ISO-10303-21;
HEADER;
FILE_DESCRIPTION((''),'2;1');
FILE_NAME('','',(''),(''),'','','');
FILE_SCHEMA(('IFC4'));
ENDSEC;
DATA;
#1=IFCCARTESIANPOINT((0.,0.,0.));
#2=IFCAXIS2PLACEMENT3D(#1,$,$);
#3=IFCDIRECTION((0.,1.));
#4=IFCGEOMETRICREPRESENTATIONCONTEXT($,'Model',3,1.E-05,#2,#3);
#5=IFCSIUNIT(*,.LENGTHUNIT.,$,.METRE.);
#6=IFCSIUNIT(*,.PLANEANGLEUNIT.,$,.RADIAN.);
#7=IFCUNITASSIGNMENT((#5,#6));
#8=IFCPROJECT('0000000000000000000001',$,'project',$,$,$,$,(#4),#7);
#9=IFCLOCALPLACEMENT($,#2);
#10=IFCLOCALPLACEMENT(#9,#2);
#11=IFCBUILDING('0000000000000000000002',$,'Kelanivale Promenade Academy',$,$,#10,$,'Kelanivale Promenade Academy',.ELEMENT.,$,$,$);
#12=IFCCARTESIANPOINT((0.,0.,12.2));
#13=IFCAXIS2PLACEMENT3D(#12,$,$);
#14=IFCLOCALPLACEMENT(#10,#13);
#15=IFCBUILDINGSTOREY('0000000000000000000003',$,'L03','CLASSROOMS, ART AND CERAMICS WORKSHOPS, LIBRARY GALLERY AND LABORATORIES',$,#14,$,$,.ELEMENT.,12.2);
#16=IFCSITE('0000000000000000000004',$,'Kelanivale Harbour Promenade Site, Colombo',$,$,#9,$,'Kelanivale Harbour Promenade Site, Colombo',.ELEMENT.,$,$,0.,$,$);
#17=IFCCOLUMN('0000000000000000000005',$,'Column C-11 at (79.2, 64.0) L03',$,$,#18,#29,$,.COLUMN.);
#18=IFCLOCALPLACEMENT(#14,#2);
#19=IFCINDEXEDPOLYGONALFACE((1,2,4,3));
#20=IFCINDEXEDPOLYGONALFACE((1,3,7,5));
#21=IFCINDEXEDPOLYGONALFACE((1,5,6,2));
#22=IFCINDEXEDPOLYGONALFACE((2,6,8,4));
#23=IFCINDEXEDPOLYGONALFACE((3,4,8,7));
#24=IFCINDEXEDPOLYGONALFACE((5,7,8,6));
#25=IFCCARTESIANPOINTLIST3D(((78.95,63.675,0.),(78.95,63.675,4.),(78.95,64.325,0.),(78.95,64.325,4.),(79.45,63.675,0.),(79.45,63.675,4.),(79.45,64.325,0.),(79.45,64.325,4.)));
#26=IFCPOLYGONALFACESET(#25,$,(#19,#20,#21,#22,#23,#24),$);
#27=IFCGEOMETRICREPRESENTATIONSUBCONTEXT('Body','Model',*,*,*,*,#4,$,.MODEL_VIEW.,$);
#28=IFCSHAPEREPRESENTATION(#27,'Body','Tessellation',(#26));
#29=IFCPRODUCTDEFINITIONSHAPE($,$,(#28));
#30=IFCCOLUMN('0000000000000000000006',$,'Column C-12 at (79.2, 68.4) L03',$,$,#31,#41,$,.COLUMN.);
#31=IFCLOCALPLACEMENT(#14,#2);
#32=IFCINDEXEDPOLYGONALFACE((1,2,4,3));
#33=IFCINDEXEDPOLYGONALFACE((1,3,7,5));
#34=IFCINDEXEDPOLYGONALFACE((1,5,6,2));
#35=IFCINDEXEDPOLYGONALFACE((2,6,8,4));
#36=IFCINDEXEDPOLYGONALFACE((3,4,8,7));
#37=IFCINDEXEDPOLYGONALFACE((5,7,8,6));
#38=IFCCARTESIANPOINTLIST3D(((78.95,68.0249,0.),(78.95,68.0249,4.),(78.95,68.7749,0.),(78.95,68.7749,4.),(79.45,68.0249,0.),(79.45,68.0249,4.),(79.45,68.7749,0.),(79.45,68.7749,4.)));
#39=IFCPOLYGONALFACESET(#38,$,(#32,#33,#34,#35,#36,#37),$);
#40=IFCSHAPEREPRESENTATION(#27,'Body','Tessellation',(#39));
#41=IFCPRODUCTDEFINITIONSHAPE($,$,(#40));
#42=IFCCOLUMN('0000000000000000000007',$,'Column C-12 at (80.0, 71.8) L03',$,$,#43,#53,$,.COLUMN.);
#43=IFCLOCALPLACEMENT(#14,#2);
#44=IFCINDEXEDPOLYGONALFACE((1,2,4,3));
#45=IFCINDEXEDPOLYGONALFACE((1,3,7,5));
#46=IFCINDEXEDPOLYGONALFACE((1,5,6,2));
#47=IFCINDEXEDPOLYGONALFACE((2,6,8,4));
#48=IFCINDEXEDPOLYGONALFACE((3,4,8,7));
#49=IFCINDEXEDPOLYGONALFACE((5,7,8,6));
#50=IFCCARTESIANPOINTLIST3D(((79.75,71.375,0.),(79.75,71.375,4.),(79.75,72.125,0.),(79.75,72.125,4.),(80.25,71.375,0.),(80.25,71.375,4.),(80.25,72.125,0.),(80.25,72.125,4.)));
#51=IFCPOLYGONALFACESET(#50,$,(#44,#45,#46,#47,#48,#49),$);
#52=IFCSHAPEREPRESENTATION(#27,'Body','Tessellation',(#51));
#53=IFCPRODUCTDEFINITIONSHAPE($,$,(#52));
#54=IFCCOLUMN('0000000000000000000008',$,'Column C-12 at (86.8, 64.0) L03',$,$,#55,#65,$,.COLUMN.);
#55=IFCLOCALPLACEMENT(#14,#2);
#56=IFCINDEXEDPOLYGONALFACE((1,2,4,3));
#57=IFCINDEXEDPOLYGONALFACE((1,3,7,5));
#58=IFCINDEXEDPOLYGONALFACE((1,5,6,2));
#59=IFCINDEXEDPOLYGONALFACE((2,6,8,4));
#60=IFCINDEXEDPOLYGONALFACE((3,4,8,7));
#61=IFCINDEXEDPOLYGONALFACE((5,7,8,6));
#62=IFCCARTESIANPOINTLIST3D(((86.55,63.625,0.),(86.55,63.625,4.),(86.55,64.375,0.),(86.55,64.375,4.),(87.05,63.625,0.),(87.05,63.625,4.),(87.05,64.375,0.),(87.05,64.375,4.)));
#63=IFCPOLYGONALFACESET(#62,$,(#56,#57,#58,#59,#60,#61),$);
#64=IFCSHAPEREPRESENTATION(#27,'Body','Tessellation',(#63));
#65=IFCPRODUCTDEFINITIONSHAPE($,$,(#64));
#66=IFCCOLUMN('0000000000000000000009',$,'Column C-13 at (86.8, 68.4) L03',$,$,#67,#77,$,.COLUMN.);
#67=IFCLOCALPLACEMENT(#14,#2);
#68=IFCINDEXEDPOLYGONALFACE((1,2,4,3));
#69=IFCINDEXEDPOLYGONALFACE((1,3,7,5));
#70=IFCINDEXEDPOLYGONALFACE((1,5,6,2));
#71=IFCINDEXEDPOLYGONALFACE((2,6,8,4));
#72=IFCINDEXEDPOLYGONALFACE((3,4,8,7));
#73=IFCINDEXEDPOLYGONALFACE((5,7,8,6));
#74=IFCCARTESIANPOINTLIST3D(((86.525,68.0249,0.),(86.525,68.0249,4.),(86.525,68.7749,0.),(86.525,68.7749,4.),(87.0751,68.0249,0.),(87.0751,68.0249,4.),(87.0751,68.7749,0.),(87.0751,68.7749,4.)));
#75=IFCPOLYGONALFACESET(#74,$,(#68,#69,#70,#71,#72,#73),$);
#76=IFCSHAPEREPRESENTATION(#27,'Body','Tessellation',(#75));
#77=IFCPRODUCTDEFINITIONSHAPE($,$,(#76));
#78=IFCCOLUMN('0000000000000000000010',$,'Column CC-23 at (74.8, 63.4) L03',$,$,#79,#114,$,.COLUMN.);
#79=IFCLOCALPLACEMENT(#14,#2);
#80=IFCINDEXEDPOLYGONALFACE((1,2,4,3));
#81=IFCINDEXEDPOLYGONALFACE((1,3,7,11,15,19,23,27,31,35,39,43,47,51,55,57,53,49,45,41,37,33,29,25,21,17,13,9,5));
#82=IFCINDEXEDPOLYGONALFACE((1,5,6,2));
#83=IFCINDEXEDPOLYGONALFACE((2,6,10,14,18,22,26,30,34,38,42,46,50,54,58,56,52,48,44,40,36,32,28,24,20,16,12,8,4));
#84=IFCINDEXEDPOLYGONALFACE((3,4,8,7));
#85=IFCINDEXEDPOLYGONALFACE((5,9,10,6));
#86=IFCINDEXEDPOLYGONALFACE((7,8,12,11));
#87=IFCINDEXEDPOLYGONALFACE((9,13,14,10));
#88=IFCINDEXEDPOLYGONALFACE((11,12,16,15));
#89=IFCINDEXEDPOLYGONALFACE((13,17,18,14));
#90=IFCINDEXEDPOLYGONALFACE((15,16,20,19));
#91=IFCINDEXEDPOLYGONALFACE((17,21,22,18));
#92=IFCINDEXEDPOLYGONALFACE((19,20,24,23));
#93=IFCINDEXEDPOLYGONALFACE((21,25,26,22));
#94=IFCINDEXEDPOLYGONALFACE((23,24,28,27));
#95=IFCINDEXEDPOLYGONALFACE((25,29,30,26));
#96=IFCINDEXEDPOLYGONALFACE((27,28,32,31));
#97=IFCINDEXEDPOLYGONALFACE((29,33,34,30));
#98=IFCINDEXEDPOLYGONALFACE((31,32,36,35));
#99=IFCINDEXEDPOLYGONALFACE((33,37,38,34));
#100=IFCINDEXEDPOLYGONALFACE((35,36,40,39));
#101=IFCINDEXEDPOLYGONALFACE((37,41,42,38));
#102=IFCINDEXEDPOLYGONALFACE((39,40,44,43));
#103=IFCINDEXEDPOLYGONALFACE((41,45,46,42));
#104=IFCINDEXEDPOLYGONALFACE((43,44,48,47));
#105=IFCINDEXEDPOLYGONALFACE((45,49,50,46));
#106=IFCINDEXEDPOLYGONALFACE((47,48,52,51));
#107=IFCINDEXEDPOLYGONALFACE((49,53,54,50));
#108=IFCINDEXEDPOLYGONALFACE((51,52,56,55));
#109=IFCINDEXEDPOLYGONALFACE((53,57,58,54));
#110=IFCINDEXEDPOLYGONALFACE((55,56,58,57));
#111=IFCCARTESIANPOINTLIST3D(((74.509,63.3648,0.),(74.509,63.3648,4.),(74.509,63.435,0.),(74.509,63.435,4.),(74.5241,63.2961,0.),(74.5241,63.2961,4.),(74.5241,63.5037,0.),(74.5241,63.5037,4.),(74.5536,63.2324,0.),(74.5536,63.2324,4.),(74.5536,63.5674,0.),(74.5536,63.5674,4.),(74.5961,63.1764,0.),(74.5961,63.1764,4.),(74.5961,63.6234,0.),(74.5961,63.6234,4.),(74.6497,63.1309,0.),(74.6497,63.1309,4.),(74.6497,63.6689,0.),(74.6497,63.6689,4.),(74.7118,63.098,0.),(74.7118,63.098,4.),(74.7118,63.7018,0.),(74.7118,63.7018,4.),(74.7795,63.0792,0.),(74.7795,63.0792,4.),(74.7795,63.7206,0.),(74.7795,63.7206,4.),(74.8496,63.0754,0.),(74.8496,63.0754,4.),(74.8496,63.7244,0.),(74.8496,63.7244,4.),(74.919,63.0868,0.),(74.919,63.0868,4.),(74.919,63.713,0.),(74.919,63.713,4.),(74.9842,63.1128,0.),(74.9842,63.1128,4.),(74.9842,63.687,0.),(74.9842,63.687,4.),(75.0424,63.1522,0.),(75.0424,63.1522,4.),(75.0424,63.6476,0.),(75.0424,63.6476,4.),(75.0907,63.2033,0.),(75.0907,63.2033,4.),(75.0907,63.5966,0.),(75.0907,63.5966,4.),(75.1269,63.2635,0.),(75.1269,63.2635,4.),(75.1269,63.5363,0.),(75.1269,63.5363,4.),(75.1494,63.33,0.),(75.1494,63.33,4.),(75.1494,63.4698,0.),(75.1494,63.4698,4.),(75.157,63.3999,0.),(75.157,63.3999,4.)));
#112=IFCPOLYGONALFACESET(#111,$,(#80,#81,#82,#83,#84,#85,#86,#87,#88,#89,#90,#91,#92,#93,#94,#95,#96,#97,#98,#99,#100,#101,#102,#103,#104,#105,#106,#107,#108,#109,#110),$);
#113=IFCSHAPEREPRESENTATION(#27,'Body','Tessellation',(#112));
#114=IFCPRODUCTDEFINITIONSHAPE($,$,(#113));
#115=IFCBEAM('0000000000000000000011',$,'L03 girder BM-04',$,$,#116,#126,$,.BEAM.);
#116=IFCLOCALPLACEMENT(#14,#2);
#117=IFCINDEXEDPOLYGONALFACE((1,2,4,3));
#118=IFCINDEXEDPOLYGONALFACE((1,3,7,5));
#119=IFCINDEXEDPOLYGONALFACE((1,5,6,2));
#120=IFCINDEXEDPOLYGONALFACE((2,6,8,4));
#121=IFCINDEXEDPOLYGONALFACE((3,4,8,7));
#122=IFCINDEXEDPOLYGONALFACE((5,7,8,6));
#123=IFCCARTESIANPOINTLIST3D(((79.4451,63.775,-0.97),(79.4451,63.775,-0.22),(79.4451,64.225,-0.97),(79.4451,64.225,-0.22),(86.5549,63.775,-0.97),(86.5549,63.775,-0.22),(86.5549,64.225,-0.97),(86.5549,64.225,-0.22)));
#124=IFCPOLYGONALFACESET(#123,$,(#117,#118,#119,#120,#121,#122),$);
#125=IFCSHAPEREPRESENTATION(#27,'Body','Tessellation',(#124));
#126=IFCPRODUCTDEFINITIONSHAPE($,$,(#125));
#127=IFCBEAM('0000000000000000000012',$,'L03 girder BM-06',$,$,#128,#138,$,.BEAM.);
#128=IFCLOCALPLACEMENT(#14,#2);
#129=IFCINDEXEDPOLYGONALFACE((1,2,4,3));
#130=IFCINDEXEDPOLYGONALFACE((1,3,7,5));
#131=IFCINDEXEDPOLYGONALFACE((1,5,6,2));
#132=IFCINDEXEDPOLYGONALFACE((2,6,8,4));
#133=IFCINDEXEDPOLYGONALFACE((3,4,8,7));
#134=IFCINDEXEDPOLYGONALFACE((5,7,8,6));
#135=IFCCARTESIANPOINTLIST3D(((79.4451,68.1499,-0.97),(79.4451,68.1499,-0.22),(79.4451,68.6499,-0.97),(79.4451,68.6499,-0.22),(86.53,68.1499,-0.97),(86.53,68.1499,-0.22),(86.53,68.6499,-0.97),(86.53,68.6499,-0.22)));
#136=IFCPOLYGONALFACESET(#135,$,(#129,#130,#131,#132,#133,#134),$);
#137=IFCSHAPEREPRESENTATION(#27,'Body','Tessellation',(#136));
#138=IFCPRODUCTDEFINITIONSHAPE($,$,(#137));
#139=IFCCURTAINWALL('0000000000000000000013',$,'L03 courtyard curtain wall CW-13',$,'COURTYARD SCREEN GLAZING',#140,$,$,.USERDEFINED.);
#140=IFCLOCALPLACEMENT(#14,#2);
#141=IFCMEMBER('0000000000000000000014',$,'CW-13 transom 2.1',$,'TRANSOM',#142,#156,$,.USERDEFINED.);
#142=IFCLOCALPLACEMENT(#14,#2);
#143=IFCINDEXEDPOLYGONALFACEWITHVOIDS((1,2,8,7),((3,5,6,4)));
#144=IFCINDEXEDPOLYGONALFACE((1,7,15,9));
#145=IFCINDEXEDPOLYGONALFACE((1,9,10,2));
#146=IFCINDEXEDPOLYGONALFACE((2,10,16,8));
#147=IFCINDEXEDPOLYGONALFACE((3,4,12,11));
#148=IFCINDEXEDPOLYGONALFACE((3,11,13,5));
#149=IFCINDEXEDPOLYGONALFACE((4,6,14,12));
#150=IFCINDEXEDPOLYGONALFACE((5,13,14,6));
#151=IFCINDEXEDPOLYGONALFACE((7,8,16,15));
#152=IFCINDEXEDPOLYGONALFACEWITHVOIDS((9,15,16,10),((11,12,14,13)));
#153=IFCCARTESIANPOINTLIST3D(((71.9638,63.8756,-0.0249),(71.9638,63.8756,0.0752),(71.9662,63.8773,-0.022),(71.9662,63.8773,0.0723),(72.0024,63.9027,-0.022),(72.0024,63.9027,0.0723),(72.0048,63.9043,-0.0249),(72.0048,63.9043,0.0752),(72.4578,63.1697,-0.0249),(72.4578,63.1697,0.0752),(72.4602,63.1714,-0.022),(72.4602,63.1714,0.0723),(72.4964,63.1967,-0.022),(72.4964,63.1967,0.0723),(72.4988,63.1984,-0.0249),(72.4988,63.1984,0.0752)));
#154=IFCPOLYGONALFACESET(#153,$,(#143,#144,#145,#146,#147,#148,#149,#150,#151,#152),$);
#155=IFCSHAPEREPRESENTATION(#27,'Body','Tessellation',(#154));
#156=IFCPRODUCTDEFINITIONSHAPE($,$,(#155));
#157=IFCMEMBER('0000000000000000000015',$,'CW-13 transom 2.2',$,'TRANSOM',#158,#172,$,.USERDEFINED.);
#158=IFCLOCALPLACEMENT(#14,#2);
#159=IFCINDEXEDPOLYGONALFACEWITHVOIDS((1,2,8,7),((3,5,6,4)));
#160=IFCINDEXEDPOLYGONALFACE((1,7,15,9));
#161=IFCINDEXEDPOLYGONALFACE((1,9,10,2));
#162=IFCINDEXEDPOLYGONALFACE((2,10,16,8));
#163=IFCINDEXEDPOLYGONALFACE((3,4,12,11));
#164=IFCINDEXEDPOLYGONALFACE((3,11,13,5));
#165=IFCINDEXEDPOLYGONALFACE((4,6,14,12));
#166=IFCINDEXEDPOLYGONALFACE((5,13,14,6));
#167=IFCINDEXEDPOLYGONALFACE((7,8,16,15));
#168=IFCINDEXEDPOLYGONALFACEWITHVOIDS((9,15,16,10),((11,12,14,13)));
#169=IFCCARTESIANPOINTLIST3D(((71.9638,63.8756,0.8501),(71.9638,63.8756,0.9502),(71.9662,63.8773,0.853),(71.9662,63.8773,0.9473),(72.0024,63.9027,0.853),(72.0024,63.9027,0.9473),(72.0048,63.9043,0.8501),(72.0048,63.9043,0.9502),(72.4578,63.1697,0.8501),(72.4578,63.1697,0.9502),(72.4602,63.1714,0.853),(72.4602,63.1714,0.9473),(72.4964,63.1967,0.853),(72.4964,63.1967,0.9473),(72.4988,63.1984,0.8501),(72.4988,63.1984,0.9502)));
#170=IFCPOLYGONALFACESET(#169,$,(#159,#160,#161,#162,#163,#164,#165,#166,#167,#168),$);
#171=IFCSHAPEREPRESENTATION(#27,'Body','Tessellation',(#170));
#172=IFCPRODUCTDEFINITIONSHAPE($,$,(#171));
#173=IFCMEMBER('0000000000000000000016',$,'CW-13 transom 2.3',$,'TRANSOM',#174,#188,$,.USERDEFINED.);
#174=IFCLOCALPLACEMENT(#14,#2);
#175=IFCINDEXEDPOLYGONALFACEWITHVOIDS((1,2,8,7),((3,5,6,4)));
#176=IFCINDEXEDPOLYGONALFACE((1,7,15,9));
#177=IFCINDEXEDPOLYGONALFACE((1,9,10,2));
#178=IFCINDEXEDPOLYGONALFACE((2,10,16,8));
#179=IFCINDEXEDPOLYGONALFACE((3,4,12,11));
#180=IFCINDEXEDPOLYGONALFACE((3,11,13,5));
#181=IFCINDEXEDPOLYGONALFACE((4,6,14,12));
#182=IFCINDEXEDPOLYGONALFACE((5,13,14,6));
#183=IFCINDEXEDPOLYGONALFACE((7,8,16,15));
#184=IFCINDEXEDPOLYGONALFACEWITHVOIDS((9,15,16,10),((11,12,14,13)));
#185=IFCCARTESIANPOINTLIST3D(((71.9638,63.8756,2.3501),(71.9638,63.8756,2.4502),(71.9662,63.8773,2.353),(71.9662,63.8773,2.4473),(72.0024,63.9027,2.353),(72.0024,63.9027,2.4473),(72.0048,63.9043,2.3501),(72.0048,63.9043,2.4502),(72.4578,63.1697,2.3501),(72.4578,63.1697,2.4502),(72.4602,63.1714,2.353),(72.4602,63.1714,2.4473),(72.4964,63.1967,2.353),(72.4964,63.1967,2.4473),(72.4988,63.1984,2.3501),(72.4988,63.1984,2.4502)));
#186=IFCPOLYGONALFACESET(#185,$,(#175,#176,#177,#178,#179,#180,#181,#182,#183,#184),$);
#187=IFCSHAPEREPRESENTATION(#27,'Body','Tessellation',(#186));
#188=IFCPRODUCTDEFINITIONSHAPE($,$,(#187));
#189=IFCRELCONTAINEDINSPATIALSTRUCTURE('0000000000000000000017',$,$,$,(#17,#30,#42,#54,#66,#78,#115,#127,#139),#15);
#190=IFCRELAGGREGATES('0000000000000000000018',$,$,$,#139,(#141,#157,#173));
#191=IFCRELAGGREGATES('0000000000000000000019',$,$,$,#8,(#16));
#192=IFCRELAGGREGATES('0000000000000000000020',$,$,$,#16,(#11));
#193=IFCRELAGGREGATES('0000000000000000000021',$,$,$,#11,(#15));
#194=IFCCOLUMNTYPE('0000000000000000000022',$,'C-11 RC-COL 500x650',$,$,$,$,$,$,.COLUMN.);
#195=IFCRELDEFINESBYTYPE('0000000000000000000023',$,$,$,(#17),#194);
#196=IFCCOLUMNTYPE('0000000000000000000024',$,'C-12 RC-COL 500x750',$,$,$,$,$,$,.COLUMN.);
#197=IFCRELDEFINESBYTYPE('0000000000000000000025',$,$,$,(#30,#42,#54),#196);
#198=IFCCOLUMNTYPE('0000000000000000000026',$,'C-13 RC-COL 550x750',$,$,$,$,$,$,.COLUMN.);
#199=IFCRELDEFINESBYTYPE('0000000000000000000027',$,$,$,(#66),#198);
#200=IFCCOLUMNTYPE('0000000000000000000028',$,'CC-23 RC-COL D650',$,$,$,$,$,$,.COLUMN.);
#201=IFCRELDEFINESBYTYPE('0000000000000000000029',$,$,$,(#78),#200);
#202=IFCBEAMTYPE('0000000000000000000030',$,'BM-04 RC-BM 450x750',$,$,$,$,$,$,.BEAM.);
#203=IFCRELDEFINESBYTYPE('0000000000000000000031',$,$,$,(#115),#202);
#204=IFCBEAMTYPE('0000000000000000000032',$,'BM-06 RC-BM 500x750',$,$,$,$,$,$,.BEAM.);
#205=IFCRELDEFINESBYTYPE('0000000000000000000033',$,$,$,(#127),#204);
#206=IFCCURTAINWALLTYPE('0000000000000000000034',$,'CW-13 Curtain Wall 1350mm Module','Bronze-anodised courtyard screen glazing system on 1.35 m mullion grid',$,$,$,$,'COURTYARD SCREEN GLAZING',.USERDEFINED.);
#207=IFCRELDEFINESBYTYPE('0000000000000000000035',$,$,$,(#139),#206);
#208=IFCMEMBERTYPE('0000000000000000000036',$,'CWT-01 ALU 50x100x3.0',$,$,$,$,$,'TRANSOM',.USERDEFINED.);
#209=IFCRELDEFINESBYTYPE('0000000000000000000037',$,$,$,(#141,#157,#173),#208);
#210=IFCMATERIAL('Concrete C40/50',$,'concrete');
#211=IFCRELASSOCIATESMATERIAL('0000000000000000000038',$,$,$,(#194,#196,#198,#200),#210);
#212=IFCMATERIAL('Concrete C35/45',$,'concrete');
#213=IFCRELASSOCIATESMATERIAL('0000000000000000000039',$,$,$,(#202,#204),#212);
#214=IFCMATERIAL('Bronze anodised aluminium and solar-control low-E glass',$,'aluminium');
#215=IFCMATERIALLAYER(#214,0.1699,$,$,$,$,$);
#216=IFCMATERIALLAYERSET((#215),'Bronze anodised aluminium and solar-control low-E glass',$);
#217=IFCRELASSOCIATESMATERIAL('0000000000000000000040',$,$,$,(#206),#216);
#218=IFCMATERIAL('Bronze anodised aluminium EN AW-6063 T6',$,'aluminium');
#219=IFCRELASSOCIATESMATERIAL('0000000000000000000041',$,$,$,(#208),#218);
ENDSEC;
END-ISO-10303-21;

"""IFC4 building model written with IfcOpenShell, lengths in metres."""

from ifc_helpers import new_model, si_unit, direction, frame, origin, origin_2d, place, context, subcontext, project, spatial, rectangle, hollow_rectangle, circle, extrude, material, layer, layer_set, material_profile, profile_set, type_object, element, aggregate, save


model = new_model("IFC4")

# Units and contexts
model_context = context("Model", 3, precision=1e-05, world=origin(), true_north=direction((0.0, 1.0)))
body_context = subcontext(model_context, "Body", "Model", "MODEL_VIEW")
ifc_project = project(units=[si_unit("LENGTHUNIT", "METRE"), si_unit("PLANEANGLEUNIT", "RADIAN")], contexts=[model_context])

# Site, building, storey
site_placement = place(None, origin())
site = spatial("IfcSite", under=ifc_project, at=site_placement, Name="Kelanivale Harbour Promenade Site, Colombo", LongName="Kelanivale Harbour Promenade Site, Colombo", CompositionType="ELEMENT", RefElevation=0.0)
building_placement = place(site_placement, origin())
building = spatial("IfcBuilding", under=site, at=building_placement, Name="Kelanivale Promenade Academy", LongName="Kelanivale Promenade Academy", CompositionType="ELEMENT")
storey_placement = place(building_placement, frame((0.0, 0.0, 12.2)))
storey = spatial("IfcBuildingStorey", under=building, at=storey_placement, Name="L03", Description="CLASSROOMS, ART AND CERAMICS WORKSHOPS, LIBRARY GALLERY AND LABORATORIES", CompositionType="ELEMENT", Elevation=12.2)

# Columns
ifc_material_1 = material(Name="Concrete C40/50", Category="concrete")
ifc_material_profile_1 = material_profile(ifc_material_1, rectangle(XDim=0.5, YDim=0.6499, at=origin_2d()), Name="RC-COL 500x650")
ifc_profile_set_1 = profile_set([ifc_material_profile_1], Name="Concrete C40/50")
column_type_1 = type_object("IfcColumnType", Name="C-11 RC-COL 500x650", PredefinedType="COLUMN", material=ifc_profile_set_1)
column_1_placement = place(storey_placement, frame((79.2, 64.0, 0.0), z_axis=(0.0, 0.0, 1.0), x_axis=(1.0, 0.0, 0.0)))
element("IfcColumn", 1, at=column_1_placement, inside=storey, type_object=column_type_1, Name="Column C-11 at (79.2, 64.0) L03", PredefinedType="COLUMN", context=body_context, shape_type="SweptSolid", body=[
    extrude(rectangle(XDim=0.5, YDim=0.6499, at=origin_2d()), origin(), (0.0, 0.0, 1.0), 4.0),
])
ifc_material_profile_2 = material_profile(ifc_material_1, rectangle(XDim=0.5, YDim=0.75, at=origin_2d()), Name="RC-COL 500x750")
ifc_profile_set_2 = profile_set([ifc_material_profile_2], Name="Concrete C40/50")
column_type_2 = type_object("IfcColumnType", Name="C-12 RC-COL 500x750", PredefinedType="COLUMN", material=ifc_profile_set_2)
for number, where, z_axis, x_axis, name in (
    (2, (79.2, 68.3999, 0.0), (0.0, 0.0, 1.0), (1.0, 0.0, 0.0), "Column C-12 at (79.2, 68.4) L03"),
    (3, (80.0, 71.75, 0.0), (0.0, 0.0, 1.0), (1.0, 0.0, 0.0), "Column C-12 at (80.0, 71.8) L03"),
    (4, (86.8, 64.0, 0.0), (0.0, 0.0, 1.0), (1.0, 0.0, 0.0), "Column C-12 at (86.8, 64.0) L03"),
):
    element("IfcColumn", number, at=place(storey_placement, frame(where, z_axis=z_axis, x_axis=x_axis)), inside=storey, type_object=column_type_2, Name=name, PredefinedType="COLUMN", context=body_context, shape_type="SweptSolid", body=[
        extrude(rectangle(XDim=0.5, YDim=0.75, at=origin_2d()), origin(), (0.0, 0.0, 1.0), 4.0),
    ])
ifc_material_profile_3 = material_profile(ifc_material_1, rectangle(XDim=0.55, YDim=0.75, at=origin_2d()), Name="RC-COL 550x750")
ifc_profile_set_3 = profile_set([ifc_material_profile_3], Name="Concrete C40/50")
column_type_3 = type_object("IfcColumnType", Name="C-13 RC-COL 550x750", PredefinedType="COLUMN", material=ifc_profile_set_3)
column_2_placement = place(storey_placement, frame((86.8, 68.3999, 0.0), z_axis=(0.0, 0.0, 1.0), x_axis=(1.0, 0.0, 0.0)))
element("IfcColumn", 5, at=column_2_placement, inside=storey, type_object=column_type_3, Name="Column C-13 at (86.8, 68.4) L03", PredefinedType="COLUMN", context=body_context, shape_type="SweptSolid", body=[
    extrude(rectangle(XDim=0.55, YDim=0.75, at=origin_2d()), origin(), (0.0, 0.0, 1.0), 4.0),
])
ifc_material_profile_4 = material_profile(ifc_material_1, circle(Radius=0.325, at=origin_2d()), Name="RC-COL D650")
ifc_profile_set_4 = profile_set([ifc_material_profile_4], Name="Concrete C40/50")
column_type_4 = type_object("IfcColumnType", Name="CC-23 RC-COL D650", PredefinedType="COLUMN", material=ifc_profile_set_4)
column_3_placement = place(storey_placement, frame((74.832, 63.3999, 0.0), z_axis=(0.0, 0.0, 1.0), x_axis=(1.0, 0.0, 0.0)))
element("IfcColumn", 6, at=column_3_placement, inside=storey, type_object=column_type_4, Name="Column CC-23 at (74.8, 63.4) L03", PredefinedType="COLUMN", context=body_context, shape_type="SweptSolid", body=[
    extrude(circle(Radius=0.325, at=origin_2d()), origin(), (0.0, 0.0, 1.0), 4.0),
])

# Beams
ifc_material_2 = material(Name="Concrete C35/45", Category="concrete")
ifc_material_profile_5 = material_profile(ifc_material_2, rectangle(XDim=0.45, YDim=0.75, at=origin_2d()), Name="RC-BM 450x750")
ifc_profile_set_5 = profile_set([ifc_material_profile_5], Name="Concrete C35/45")
beam_type_1 = type_object("IfcBeamType", Name="BM-04 RC-BM 450x750", PredefinedType="BEAM", material=ifc_profile_set_5)
beam_1_placement = place(storey_placement, frame((79.4451, 64.0, -0.595), z_axis=(1.0, 0.0, 0.0), x_axis=(0.0, 1.0, 0.0)))
element("IfcBeam", 7, at=beam_1_placement, inside=storey, type_object=beam_type_1, Name="L03 girder BM-04", PredefinedType="BEAM", context=body_context, shape_type="SweptSolid", body=[
    extrude(rectangle(XDim=0.45, YDim=0.75, at=origin_2d()), origin(), (0.0, 0.0, 1.0), 7.1099),
])
ifc_material_profile_6 = material_profile(ifc_material_2, rectangle(XDim=0.5, YDim=0.75, at=origin_2d()), Name="RC-BM 500x750")
ifc_profile_set_6 = profile_set([ifc_material_profile_6], Name="Concrete C35/45")
beam_type_2 = type_object("IfcBeamType", Name="BM-06 RC-BM 500x750", PredefinedType="BEAM", material=ifc_profile_set_6)
beam_2_placement = place(storey_placement, frame((79.4451, 68.3999, -0.595), z_axis=(1.0, 0.0, 0.0), x_axis=(0.0, 1.0, 0.0)))
element("IfcBeam", 8, at=beam_2_placement, inside=storey, type_object=beam_type_2, Name="L03 girder BM-06", PredefinedType="BEAM", context=body_context, shape_type="SweptSolid", body=[
    extrude(rectangle(XDim=0.5, YDim=0.75, at=origin_2d()), origin(), (0.0, 0.0, 1.0), 7.085),
])

# Curtain wall, members
ifc_material_3 = material(Name="Bronze anodised aluminium and solar-control low-E glass", Category="aluminium")
ifc_layer_1 = layer(ifc_material_3, 0.1699)
ifc_layer_set_1 = layer_set([ifc_layer_1], Name="Bronze anodised aluminium and solar-control low-E glass")
curtain_wall_type = type_object("IfcCurtainWallType", Name="CW-13 Curtain Wall 1350mm Module", Description="Bronze-anodised courtyard screen glazing system on 1.35 m mullion grid", ElementType="COURTYARD SCREEN GLAZING", PredefinedType="USERDEFINED", material=ifc_layer_set_1)
curtain_wall_placement = place(storey_placement, origin())
curtain_wall = element("IfcCurtainWall", 9, at=curtain_wall_placement, inside=storey, type_object=curtain_wall_type, Name="L03 courtyard curtain wall CW-13", ObjectType="COURTYARD SCREEN GLAZING", PredefinedType="USERDEFINED")
ifc_material_4 = material(Name="Bronze anodised aluminium EN AW-6063 T6", Category="aluminium")
ifc_material_profile_7 = material_profile(ifc_material_4, hollow_rectangle(XDim=0.05, YDim=0.1001, WallThickness=0.0029, at=origin_2d()), Name="ALU 50x100x3.0")
ifc_profile_set_7 = profile_set([ifc_material_profile_7], Name="Bronze anodised aluminium EN AW-6063 T6")
member_type = type_object("IfcMemberType", Name="CWT-01 ALU 50x100x3.0", ElementType="TRANSOM", PredefinedType="USERDEFINED", material=ifc_profile_set_7)
member_1_placement = place(storey_placement, frame((72.4783, 63.1841, 0.0251), z_axis=(-0.573329, 0.819325, 0.0), x_axis=(-0.819325, -0.573329, 0.0)))
member_1 = element("IfcMember", 10, at=member_1_placement, type_object=member_type, Name="CW-13 transom 2.1", ObjectType="TRANSOM", PredefinedType="USERDEFINED", context=body_context, shape_type="SweptSolid", body=[
    extrude(hollow_rectangle(XDim=0.05, YDim=0.1001, WallThickness=0.0029, at=origin_2d()), origin(), (0.0, 0.0, 1.0), 0.8616),
])
member_2_placement = place(storey_placement, frame((72.4783, 63.1841, 0.9001), z_axis=(-0.573329, 0.819325, 0.0), x_axis=(-0.819325, -0.573329, 0.0)))
member_2 = element("IfcMember", 11, at=member_2_placement, type_object=member_type, Name="CW-13 transom 2.2", ObjectType="TRANSOM", PredefinedType="USERDEFINED", context=body_context, shape_type="SweptSolid", body=[
    extrude(hollow_rectangle(XDim=0.05, YDim=0.1001, WallThickness=0.0029, at=origin_2d()), origin(), (0.0, 0.0, 1.0), 0.8616),
])
member_3_placement = place(storey_placement, frame((72.4783, 63.1841, 2.4001), z_axis=(-0.573329, 0.819325, 0.0), x_axis=(-0.819325, -0.573329, 0.0)))
member_3 = element("IfcMember", 12, at=member_3_placement, type_object=member_type, Name="CW-13 transom 2.3", ObjectType="TRANSOM", PredefinedType="USERDEFINED", context=body_context, shape_type="SweptSolid", body=[
    extrude(hollow_rectangle(XDim=0.05, YDim=0.1001, WallThickness=0.0029, at=origin_2d()), origin(), (0.0, 0.0, 1.0), 0.8616),
])

aggregate(curtain_wall, [member_1, member_2, member_3])

save(model, "model.ifc")
